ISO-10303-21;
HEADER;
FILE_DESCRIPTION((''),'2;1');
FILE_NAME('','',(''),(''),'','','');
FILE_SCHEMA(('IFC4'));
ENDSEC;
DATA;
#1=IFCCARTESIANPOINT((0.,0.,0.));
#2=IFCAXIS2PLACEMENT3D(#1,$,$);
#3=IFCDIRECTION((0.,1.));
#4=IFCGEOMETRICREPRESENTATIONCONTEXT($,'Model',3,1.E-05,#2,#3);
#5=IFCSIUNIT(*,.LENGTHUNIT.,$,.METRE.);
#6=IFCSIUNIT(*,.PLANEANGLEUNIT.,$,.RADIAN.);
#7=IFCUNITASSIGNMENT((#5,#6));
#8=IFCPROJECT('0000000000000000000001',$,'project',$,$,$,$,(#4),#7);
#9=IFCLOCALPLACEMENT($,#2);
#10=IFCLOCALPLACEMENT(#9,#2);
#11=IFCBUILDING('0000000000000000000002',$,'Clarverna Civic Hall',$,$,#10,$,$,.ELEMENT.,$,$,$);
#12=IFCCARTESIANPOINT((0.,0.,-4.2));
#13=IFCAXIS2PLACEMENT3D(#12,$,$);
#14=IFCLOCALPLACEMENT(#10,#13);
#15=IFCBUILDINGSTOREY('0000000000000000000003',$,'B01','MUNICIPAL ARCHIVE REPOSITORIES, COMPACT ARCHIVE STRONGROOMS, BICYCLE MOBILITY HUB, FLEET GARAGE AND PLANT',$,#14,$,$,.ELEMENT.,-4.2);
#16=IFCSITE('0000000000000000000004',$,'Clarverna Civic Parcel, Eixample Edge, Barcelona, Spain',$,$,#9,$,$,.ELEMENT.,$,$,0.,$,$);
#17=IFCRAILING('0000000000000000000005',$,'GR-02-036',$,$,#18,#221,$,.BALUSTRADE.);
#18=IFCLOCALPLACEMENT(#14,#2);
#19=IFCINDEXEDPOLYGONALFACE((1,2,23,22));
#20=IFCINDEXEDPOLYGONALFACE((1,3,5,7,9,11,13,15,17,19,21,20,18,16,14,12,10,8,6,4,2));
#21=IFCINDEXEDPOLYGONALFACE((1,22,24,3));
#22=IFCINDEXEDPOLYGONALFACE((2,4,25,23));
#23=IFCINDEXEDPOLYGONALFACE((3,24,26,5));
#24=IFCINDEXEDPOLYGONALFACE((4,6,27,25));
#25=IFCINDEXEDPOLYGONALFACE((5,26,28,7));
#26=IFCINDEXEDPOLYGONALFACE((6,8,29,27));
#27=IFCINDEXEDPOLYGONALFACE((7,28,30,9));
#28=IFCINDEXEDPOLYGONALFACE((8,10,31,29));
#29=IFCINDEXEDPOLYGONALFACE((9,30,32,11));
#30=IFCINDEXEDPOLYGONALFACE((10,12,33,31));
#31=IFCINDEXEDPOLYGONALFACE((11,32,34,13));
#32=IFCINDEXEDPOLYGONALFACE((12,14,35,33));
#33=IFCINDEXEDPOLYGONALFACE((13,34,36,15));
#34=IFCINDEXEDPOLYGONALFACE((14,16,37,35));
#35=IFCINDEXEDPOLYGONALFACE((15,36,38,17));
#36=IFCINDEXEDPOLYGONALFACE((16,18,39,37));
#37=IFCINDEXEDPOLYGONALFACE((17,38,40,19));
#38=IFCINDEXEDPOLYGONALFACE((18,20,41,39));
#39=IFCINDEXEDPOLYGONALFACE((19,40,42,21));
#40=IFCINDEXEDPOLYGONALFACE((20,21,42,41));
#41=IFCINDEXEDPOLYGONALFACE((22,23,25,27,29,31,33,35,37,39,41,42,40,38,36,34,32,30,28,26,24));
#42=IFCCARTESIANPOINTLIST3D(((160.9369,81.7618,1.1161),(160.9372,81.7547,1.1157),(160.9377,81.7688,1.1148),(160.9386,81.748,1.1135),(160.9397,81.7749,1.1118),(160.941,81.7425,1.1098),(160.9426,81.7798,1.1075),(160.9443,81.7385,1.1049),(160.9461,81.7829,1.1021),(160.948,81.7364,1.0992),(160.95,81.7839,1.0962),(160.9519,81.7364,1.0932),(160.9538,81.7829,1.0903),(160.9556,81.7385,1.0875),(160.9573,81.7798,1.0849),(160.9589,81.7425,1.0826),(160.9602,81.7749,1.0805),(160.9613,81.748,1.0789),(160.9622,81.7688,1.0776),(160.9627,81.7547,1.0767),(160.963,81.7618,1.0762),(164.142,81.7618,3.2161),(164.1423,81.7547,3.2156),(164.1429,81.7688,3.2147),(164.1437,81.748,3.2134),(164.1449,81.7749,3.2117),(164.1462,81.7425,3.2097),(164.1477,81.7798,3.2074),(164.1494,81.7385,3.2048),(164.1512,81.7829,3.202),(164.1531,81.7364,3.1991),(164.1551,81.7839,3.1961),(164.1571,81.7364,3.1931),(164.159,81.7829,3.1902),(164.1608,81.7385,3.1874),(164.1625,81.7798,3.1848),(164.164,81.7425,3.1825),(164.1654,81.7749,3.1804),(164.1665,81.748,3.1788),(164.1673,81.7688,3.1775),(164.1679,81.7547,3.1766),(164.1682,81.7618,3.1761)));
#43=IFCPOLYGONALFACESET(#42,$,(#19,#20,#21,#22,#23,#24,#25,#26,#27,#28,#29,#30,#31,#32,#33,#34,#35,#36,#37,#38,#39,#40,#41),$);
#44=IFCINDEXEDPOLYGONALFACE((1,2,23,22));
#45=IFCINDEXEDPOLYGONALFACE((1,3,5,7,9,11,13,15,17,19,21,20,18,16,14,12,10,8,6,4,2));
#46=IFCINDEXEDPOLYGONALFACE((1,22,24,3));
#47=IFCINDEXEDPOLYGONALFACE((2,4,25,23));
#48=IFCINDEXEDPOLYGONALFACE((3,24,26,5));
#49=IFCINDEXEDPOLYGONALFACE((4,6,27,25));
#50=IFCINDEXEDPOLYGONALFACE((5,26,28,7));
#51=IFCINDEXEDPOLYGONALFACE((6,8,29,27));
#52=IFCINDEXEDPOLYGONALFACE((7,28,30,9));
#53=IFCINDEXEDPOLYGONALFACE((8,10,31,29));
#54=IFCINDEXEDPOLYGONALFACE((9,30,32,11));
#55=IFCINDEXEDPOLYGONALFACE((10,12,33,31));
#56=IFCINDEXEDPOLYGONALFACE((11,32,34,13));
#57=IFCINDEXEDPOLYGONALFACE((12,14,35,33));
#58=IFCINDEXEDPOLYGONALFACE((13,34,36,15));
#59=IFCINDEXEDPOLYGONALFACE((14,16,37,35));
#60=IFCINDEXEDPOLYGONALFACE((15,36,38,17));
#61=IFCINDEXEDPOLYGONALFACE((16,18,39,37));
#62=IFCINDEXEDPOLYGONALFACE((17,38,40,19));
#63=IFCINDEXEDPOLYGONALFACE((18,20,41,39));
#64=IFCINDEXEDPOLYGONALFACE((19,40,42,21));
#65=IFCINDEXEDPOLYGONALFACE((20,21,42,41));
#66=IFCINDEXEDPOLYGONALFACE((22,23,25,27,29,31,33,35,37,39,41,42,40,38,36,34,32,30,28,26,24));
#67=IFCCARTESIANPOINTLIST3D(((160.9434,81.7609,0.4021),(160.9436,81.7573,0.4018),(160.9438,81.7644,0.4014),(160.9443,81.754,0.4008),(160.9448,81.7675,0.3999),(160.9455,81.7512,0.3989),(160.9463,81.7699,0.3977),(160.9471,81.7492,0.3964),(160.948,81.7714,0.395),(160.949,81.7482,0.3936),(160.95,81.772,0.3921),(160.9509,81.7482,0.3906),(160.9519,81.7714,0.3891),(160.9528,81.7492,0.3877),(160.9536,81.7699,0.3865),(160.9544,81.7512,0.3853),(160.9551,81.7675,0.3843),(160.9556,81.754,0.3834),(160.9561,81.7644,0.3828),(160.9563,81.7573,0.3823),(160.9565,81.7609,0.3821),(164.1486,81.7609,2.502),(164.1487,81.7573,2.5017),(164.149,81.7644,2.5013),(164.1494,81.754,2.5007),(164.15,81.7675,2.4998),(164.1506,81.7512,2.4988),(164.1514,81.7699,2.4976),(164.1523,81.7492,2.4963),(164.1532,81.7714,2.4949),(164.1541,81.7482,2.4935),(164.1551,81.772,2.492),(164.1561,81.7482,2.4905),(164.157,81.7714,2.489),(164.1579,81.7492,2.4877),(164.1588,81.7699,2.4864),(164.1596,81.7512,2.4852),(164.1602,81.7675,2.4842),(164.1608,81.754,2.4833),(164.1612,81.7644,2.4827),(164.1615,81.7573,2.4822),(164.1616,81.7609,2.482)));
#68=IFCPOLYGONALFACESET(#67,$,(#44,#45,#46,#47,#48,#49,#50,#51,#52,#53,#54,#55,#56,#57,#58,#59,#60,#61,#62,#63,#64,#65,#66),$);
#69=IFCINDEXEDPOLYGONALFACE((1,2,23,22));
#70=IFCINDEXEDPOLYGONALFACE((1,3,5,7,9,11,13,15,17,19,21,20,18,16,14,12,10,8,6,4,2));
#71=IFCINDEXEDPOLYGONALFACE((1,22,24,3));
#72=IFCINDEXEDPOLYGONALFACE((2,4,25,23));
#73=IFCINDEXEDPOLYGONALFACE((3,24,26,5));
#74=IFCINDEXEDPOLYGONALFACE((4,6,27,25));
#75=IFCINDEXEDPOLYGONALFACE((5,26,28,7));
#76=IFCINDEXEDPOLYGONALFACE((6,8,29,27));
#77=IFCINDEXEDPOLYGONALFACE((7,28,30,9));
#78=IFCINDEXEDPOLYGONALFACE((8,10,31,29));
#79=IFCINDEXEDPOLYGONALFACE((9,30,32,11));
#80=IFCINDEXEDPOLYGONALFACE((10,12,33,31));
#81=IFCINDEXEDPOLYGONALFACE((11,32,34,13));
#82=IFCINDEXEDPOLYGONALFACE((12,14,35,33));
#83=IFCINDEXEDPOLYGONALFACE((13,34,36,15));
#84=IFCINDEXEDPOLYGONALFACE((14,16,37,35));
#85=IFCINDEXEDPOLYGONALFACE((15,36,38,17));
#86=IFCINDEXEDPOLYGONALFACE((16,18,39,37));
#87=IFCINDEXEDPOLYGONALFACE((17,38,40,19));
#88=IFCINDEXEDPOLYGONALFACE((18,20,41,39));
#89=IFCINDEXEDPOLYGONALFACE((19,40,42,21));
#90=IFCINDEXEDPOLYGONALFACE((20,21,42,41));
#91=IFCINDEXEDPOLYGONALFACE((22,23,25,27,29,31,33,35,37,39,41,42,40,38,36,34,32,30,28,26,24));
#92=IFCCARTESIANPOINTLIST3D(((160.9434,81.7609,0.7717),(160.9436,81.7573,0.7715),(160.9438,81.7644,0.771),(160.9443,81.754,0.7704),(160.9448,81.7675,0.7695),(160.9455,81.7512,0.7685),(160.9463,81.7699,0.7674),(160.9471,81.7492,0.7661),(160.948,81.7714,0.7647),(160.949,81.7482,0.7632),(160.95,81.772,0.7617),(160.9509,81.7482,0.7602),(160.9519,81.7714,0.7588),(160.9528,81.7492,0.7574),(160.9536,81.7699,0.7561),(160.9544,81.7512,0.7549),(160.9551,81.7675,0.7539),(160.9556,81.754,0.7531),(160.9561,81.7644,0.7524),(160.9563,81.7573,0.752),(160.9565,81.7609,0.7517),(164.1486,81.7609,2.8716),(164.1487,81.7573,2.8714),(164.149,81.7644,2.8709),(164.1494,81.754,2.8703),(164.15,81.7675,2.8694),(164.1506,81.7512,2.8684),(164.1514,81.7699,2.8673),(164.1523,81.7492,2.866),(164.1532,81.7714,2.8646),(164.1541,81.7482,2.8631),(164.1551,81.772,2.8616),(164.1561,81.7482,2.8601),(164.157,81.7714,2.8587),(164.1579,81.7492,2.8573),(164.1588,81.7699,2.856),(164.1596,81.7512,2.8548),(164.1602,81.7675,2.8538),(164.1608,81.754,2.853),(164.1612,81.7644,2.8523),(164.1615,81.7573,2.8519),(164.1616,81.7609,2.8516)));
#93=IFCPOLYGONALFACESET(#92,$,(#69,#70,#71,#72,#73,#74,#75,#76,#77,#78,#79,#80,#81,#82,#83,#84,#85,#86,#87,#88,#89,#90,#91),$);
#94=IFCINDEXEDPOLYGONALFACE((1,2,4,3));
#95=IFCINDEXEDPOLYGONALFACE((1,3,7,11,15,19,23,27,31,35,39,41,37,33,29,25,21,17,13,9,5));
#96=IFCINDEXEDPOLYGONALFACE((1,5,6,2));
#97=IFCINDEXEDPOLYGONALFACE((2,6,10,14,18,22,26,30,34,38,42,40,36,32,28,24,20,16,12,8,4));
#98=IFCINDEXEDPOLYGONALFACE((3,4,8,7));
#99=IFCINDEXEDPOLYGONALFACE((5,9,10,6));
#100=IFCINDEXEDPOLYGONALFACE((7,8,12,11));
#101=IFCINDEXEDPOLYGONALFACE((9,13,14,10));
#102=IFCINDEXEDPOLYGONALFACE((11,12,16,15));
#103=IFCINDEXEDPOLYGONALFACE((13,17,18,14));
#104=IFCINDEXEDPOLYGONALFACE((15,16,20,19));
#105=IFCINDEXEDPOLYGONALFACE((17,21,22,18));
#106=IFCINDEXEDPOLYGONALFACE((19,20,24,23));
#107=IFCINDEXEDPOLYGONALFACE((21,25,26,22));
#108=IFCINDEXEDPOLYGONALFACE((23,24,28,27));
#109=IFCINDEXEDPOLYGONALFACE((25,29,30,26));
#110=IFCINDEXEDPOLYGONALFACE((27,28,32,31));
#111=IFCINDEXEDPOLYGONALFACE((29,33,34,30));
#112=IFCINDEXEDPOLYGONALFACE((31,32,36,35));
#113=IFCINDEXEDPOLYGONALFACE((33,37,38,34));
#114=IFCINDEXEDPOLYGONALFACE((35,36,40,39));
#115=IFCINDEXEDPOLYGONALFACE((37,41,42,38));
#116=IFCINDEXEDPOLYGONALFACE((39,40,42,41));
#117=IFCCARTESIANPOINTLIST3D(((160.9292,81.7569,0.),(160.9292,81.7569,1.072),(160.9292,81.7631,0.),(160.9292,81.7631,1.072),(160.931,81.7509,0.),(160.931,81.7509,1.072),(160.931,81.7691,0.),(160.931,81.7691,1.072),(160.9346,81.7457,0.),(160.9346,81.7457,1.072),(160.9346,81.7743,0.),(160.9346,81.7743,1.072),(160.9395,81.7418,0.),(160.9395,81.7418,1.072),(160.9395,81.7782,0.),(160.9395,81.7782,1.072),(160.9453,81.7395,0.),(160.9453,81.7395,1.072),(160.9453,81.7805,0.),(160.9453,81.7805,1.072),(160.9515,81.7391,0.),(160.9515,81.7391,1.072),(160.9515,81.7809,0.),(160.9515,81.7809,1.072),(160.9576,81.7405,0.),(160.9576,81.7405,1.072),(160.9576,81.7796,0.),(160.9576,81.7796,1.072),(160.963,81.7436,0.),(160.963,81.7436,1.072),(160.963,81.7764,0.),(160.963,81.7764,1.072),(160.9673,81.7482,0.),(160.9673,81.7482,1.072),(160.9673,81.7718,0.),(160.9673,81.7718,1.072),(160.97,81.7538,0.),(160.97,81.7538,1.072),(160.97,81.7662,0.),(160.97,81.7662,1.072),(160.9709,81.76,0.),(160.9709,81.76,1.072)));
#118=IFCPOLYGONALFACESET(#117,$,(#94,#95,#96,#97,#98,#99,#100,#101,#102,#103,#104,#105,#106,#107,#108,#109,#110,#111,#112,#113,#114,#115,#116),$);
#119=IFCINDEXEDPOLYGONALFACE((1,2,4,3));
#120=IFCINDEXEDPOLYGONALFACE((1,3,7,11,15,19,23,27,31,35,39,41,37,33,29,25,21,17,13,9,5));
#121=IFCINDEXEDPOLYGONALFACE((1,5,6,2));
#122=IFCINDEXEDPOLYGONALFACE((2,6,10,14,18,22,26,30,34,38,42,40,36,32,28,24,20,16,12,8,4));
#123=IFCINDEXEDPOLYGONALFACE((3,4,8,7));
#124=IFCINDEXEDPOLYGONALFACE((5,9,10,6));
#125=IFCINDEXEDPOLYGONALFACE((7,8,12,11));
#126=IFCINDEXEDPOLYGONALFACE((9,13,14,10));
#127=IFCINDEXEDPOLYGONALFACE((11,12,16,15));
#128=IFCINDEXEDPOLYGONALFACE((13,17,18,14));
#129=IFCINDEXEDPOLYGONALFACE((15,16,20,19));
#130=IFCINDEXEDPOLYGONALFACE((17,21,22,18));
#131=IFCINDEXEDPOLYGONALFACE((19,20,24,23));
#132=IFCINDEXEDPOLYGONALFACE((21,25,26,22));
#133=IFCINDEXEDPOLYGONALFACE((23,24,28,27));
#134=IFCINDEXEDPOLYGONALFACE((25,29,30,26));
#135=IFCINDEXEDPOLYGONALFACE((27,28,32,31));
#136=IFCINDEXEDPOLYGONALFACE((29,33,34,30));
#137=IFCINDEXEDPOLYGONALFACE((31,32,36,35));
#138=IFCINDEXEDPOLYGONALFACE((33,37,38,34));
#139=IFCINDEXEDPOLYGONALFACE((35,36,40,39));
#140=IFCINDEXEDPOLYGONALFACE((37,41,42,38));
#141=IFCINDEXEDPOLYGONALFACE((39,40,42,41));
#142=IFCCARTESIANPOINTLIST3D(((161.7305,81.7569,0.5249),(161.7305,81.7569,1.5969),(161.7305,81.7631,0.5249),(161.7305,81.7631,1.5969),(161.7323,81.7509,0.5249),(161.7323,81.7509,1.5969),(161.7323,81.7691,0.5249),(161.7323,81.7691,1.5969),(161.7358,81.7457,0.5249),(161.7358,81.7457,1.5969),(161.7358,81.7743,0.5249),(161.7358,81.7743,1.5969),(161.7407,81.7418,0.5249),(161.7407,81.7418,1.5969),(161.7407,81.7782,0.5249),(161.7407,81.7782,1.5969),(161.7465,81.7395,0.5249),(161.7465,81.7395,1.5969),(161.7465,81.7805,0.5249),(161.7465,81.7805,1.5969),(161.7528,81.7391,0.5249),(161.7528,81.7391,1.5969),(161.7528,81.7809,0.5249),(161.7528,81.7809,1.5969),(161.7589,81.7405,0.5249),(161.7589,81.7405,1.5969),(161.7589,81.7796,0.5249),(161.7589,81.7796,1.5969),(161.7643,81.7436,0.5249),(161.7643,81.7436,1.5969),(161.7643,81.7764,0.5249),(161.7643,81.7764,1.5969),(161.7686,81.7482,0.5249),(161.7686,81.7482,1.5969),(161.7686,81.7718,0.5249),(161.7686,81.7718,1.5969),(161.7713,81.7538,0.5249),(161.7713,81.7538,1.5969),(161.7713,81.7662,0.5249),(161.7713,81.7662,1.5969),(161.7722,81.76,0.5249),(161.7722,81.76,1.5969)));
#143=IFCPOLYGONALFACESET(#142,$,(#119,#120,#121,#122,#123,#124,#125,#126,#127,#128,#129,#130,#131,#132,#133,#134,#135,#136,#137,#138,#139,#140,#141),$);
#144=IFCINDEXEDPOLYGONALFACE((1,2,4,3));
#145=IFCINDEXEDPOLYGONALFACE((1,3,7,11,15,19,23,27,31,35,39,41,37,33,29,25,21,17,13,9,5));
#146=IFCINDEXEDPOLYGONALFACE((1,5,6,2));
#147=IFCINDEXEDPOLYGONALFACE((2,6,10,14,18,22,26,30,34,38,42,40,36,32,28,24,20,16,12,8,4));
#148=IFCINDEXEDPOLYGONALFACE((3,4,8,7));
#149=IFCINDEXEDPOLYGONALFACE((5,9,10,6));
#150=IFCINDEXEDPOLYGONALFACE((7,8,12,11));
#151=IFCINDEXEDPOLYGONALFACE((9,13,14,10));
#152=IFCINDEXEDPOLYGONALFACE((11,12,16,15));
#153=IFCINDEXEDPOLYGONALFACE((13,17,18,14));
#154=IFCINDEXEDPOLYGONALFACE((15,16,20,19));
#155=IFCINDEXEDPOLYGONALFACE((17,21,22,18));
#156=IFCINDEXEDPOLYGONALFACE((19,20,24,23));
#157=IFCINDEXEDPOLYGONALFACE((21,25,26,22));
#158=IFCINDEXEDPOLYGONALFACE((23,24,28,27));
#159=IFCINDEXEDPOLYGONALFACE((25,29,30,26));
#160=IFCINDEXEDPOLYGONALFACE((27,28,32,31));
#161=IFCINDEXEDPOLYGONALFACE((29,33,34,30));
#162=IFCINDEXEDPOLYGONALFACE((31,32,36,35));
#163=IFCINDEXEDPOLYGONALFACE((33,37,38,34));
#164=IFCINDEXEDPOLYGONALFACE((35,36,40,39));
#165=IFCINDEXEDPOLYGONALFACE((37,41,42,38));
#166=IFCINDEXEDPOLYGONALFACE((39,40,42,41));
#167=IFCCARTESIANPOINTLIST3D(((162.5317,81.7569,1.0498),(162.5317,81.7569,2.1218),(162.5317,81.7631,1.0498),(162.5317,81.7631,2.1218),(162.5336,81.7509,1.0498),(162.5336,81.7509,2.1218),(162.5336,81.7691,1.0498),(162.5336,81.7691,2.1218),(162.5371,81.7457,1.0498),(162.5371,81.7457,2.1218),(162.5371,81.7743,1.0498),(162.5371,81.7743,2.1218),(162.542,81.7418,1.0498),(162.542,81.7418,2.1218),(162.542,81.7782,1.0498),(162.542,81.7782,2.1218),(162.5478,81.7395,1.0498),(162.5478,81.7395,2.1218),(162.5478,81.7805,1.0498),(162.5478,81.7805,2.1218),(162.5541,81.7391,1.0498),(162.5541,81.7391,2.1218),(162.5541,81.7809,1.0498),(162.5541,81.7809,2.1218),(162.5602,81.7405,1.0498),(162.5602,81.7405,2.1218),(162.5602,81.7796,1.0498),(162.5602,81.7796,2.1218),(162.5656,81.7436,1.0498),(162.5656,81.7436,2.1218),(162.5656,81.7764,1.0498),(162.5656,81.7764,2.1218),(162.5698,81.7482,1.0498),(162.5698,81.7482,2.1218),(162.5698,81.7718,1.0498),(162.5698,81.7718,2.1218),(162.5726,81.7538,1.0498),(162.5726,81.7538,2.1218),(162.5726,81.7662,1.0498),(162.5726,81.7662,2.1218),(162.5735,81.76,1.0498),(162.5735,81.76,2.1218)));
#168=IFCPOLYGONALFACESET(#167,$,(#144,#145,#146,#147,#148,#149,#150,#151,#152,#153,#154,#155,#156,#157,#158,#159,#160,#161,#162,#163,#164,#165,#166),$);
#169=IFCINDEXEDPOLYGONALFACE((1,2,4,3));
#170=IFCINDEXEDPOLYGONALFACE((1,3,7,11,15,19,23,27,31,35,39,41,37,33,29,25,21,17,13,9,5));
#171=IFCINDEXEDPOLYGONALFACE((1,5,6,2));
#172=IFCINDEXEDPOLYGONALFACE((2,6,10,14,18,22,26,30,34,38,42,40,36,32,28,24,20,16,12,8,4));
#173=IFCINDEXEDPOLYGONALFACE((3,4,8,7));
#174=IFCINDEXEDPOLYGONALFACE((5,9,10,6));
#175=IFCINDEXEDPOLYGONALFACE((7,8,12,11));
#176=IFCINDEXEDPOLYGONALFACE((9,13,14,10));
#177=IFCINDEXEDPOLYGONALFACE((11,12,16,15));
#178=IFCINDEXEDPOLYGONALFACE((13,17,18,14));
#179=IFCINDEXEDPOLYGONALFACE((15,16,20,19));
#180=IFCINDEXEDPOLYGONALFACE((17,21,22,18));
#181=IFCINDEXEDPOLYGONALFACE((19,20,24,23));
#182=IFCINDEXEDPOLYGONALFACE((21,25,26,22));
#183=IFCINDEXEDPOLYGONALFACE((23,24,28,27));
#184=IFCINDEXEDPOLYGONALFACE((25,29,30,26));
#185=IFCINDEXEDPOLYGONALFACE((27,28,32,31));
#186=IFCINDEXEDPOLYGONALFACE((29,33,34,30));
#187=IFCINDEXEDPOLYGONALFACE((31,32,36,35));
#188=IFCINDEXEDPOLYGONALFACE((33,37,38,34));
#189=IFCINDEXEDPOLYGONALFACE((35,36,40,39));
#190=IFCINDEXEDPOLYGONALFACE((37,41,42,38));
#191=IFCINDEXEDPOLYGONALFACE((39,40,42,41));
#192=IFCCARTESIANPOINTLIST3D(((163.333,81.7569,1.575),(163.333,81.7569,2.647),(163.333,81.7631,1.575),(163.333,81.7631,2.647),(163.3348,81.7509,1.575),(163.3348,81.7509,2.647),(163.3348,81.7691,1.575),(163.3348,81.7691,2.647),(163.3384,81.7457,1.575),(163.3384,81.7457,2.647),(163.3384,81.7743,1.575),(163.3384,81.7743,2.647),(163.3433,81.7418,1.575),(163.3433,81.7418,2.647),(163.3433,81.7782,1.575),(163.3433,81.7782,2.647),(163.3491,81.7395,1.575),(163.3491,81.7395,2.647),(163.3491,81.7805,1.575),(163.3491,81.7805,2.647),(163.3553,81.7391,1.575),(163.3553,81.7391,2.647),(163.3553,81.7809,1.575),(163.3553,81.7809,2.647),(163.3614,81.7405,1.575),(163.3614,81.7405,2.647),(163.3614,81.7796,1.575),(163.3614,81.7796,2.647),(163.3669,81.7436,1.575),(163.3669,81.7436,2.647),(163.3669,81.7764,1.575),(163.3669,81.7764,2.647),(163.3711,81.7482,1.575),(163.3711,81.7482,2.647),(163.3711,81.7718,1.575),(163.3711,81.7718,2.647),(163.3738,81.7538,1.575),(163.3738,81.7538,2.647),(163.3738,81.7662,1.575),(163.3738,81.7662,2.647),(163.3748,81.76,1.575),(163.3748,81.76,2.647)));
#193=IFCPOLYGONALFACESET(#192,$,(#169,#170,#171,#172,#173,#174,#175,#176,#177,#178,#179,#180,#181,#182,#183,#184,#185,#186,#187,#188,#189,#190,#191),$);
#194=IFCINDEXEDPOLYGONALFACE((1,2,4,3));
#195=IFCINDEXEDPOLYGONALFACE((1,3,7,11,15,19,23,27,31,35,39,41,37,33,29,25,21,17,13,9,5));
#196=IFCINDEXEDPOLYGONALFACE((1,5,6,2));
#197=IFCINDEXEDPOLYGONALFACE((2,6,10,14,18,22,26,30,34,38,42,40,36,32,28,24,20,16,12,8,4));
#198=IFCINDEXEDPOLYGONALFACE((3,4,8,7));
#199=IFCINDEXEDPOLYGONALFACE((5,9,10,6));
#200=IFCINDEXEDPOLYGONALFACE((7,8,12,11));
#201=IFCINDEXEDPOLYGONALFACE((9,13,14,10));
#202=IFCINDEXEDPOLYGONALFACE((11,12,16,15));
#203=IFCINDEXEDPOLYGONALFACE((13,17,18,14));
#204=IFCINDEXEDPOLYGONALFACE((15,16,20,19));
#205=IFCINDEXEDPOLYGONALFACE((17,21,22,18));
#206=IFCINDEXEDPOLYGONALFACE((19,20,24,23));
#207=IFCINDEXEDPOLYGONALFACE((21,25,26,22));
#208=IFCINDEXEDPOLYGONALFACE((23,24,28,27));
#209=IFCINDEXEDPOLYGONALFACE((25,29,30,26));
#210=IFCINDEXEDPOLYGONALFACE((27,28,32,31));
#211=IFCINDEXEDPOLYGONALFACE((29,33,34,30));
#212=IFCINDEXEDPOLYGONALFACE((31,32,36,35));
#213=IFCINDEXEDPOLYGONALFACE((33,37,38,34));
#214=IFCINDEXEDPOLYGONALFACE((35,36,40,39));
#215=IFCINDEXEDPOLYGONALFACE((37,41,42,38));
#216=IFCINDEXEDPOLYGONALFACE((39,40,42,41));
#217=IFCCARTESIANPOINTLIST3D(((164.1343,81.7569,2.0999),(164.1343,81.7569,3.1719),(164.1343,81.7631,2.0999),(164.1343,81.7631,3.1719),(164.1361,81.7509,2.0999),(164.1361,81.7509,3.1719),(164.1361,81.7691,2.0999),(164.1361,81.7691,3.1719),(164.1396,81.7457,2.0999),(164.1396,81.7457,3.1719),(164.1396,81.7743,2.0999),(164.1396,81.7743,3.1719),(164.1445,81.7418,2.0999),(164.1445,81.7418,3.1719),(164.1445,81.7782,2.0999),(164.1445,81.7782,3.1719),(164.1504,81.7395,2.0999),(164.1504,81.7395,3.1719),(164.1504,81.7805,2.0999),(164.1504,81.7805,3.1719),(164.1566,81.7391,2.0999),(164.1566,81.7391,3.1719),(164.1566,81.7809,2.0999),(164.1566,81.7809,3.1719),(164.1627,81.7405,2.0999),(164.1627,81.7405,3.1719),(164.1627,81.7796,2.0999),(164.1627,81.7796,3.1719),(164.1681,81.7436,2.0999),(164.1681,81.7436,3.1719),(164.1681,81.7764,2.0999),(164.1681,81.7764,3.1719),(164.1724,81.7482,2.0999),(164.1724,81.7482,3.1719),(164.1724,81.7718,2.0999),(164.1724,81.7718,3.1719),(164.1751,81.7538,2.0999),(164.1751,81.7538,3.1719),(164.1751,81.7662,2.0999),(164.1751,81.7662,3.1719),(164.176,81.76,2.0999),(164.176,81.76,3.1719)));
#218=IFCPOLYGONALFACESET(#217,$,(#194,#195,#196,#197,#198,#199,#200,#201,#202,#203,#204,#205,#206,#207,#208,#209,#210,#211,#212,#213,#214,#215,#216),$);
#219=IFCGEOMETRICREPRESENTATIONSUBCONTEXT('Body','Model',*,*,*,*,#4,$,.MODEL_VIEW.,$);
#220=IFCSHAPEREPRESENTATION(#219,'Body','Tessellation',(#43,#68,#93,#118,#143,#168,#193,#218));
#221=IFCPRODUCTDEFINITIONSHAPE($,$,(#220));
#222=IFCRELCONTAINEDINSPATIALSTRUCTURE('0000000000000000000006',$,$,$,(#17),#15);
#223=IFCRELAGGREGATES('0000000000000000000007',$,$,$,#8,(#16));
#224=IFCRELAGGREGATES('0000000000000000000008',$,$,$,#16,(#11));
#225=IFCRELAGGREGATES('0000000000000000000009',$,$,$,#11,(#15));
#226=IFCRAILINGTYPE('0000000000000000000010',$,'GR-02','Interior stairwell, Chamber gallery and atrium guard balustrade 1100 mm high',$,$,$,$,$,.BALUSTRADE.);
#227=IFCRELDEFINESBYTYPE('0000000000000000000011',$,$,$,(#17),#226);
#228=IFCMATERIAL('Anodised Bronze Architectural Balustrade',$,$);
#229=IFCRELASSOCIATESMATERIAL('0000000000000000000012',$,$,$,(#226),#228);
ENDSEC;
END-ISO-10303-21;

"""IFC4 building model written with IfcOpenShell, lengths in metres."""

from ifc_helpers import new_model, si_unit, direction, frame, origin, origin_2d, place, context, subcontext, project, spatial, circle, extrude, material, type_object, element, save


model = new_model("IFC4")

# Units and contexts
model_context = context("Model", 3, precision=1e-05, world=origin(), true_north=direction((0.0, 1.0)))
body_context = subcontext(model_context, "Body", "Model", "MODEL_VIEW")
ifc_project = project(units=[si_unit("LENGTHUNIT", "METRE"), si_unit("PLANEANGLEUNIT", "RADIAN")], contexts=[model_context])

# Site, building, storey
site_placement = place(None, origin())
site = spatial("IfcSite", under=ifc_project, at=site_placement, Name="Clarverna Civic Parcel, Eixample Edge, Barcelona, Spain", CompositionType="ELEMENT", RefElevation=0.0)
building_placement = place(site_placement, origin())
building = spatial("IfcBuilding", under=site, at=building_placement, Name="Clarverna Civic Hall", CompositionType="ELEMENT")
storey_placement = place(building_placement, frame((0.0, 0.0, -4.2)))
storey = spatial("IfcBuildingStorey", under=building, at=storey_placement, Name="B01", Description="MUNICIPAL ARCHIVE REPOSITORIES, COMPACT ARCHIVE STRONGROOMS, BICYCLE MOBILITY HUB, FLEET GARAGE AND PLANT", CompositionType="ELEMENT", Elevation=-4.2)

# Railing
ifc_material_1 = material(Name="Anodised Bronze Architectural Balustrade")
railing_type_1 = type_object("IfcRailingType", Name="GR-02", Description="Interior stairwell, Chamber gallery and atrium guard balustrade 1100 mm high", PredefinedType="BALUSTRADE", material=ifc_material_1)
railing_1_placement = place(storey_placement, frame((160.95, 81.76, 0.0)))
element("IfcRailing", 1, at=railing_1_placement, inside=storey, type_object=railing_type_1, Name="GR-02-036", PredefinedType="BALUSTRADE", context=body_context, shape_type="SweptSolid", body=[
    extrude(circle(Radius=0.0239, at=origin_2d()), frame((0.0, 0.0, 1.0962), z_axis=(0.836464, 0.0, 0.548022), x_axis=(0.0, 1.0, 0.0)), (0.0, 0.0, 1.0), 3.8318),
    extrude(circle(Radius=0.012, at=origin_2d()), frame((0.0, 0.0, 0.3921), z_axis=(0.836464, 0.0, 0.548022), x_axis=(0.0, 1.0, 0.0)), (0.0, 0.0, 1.0), 3.8318),
    extrude(circle(Radius=0.012, at=origin_2d()), frame((0.0, 0.0, 0.7617), z_axis=(0.836464, 0.0, 0.548022), x_axis=(0.0, 1.0, 0.0)), (0.0, 0.0, 1.0), 3.8318),
    extrude(circle(Radius=0.021, at=origin_2d()), origin(), (0.0, 0.0, 1.0), 1.072),
    extrude(circle(Radius=0.021, at=origin_2d()), frame((0.8013, 0.0, 0.5249)), (0.0, 0.0, 1.0), 1.072),
    extrude(circle(Radius=0.021, at=origin_2d()), frame((1.6025, 0.0, 1.0498)), (0.0, 0.0, 1.0), 1.072),
    extrude(circle(Radius=0.021, at=origin_2d()), frame((2.4038, 0.0, 1.575)), (0.0, 0.0, 1.0), 1.072),
    extrude(circle(Radius=0.021, at=origin_2d()), frame((3.2051, 0.0, 2.0999)), (0.0, 0.0, 1.0), 1.072),
])

save(model, "model.ifc")
